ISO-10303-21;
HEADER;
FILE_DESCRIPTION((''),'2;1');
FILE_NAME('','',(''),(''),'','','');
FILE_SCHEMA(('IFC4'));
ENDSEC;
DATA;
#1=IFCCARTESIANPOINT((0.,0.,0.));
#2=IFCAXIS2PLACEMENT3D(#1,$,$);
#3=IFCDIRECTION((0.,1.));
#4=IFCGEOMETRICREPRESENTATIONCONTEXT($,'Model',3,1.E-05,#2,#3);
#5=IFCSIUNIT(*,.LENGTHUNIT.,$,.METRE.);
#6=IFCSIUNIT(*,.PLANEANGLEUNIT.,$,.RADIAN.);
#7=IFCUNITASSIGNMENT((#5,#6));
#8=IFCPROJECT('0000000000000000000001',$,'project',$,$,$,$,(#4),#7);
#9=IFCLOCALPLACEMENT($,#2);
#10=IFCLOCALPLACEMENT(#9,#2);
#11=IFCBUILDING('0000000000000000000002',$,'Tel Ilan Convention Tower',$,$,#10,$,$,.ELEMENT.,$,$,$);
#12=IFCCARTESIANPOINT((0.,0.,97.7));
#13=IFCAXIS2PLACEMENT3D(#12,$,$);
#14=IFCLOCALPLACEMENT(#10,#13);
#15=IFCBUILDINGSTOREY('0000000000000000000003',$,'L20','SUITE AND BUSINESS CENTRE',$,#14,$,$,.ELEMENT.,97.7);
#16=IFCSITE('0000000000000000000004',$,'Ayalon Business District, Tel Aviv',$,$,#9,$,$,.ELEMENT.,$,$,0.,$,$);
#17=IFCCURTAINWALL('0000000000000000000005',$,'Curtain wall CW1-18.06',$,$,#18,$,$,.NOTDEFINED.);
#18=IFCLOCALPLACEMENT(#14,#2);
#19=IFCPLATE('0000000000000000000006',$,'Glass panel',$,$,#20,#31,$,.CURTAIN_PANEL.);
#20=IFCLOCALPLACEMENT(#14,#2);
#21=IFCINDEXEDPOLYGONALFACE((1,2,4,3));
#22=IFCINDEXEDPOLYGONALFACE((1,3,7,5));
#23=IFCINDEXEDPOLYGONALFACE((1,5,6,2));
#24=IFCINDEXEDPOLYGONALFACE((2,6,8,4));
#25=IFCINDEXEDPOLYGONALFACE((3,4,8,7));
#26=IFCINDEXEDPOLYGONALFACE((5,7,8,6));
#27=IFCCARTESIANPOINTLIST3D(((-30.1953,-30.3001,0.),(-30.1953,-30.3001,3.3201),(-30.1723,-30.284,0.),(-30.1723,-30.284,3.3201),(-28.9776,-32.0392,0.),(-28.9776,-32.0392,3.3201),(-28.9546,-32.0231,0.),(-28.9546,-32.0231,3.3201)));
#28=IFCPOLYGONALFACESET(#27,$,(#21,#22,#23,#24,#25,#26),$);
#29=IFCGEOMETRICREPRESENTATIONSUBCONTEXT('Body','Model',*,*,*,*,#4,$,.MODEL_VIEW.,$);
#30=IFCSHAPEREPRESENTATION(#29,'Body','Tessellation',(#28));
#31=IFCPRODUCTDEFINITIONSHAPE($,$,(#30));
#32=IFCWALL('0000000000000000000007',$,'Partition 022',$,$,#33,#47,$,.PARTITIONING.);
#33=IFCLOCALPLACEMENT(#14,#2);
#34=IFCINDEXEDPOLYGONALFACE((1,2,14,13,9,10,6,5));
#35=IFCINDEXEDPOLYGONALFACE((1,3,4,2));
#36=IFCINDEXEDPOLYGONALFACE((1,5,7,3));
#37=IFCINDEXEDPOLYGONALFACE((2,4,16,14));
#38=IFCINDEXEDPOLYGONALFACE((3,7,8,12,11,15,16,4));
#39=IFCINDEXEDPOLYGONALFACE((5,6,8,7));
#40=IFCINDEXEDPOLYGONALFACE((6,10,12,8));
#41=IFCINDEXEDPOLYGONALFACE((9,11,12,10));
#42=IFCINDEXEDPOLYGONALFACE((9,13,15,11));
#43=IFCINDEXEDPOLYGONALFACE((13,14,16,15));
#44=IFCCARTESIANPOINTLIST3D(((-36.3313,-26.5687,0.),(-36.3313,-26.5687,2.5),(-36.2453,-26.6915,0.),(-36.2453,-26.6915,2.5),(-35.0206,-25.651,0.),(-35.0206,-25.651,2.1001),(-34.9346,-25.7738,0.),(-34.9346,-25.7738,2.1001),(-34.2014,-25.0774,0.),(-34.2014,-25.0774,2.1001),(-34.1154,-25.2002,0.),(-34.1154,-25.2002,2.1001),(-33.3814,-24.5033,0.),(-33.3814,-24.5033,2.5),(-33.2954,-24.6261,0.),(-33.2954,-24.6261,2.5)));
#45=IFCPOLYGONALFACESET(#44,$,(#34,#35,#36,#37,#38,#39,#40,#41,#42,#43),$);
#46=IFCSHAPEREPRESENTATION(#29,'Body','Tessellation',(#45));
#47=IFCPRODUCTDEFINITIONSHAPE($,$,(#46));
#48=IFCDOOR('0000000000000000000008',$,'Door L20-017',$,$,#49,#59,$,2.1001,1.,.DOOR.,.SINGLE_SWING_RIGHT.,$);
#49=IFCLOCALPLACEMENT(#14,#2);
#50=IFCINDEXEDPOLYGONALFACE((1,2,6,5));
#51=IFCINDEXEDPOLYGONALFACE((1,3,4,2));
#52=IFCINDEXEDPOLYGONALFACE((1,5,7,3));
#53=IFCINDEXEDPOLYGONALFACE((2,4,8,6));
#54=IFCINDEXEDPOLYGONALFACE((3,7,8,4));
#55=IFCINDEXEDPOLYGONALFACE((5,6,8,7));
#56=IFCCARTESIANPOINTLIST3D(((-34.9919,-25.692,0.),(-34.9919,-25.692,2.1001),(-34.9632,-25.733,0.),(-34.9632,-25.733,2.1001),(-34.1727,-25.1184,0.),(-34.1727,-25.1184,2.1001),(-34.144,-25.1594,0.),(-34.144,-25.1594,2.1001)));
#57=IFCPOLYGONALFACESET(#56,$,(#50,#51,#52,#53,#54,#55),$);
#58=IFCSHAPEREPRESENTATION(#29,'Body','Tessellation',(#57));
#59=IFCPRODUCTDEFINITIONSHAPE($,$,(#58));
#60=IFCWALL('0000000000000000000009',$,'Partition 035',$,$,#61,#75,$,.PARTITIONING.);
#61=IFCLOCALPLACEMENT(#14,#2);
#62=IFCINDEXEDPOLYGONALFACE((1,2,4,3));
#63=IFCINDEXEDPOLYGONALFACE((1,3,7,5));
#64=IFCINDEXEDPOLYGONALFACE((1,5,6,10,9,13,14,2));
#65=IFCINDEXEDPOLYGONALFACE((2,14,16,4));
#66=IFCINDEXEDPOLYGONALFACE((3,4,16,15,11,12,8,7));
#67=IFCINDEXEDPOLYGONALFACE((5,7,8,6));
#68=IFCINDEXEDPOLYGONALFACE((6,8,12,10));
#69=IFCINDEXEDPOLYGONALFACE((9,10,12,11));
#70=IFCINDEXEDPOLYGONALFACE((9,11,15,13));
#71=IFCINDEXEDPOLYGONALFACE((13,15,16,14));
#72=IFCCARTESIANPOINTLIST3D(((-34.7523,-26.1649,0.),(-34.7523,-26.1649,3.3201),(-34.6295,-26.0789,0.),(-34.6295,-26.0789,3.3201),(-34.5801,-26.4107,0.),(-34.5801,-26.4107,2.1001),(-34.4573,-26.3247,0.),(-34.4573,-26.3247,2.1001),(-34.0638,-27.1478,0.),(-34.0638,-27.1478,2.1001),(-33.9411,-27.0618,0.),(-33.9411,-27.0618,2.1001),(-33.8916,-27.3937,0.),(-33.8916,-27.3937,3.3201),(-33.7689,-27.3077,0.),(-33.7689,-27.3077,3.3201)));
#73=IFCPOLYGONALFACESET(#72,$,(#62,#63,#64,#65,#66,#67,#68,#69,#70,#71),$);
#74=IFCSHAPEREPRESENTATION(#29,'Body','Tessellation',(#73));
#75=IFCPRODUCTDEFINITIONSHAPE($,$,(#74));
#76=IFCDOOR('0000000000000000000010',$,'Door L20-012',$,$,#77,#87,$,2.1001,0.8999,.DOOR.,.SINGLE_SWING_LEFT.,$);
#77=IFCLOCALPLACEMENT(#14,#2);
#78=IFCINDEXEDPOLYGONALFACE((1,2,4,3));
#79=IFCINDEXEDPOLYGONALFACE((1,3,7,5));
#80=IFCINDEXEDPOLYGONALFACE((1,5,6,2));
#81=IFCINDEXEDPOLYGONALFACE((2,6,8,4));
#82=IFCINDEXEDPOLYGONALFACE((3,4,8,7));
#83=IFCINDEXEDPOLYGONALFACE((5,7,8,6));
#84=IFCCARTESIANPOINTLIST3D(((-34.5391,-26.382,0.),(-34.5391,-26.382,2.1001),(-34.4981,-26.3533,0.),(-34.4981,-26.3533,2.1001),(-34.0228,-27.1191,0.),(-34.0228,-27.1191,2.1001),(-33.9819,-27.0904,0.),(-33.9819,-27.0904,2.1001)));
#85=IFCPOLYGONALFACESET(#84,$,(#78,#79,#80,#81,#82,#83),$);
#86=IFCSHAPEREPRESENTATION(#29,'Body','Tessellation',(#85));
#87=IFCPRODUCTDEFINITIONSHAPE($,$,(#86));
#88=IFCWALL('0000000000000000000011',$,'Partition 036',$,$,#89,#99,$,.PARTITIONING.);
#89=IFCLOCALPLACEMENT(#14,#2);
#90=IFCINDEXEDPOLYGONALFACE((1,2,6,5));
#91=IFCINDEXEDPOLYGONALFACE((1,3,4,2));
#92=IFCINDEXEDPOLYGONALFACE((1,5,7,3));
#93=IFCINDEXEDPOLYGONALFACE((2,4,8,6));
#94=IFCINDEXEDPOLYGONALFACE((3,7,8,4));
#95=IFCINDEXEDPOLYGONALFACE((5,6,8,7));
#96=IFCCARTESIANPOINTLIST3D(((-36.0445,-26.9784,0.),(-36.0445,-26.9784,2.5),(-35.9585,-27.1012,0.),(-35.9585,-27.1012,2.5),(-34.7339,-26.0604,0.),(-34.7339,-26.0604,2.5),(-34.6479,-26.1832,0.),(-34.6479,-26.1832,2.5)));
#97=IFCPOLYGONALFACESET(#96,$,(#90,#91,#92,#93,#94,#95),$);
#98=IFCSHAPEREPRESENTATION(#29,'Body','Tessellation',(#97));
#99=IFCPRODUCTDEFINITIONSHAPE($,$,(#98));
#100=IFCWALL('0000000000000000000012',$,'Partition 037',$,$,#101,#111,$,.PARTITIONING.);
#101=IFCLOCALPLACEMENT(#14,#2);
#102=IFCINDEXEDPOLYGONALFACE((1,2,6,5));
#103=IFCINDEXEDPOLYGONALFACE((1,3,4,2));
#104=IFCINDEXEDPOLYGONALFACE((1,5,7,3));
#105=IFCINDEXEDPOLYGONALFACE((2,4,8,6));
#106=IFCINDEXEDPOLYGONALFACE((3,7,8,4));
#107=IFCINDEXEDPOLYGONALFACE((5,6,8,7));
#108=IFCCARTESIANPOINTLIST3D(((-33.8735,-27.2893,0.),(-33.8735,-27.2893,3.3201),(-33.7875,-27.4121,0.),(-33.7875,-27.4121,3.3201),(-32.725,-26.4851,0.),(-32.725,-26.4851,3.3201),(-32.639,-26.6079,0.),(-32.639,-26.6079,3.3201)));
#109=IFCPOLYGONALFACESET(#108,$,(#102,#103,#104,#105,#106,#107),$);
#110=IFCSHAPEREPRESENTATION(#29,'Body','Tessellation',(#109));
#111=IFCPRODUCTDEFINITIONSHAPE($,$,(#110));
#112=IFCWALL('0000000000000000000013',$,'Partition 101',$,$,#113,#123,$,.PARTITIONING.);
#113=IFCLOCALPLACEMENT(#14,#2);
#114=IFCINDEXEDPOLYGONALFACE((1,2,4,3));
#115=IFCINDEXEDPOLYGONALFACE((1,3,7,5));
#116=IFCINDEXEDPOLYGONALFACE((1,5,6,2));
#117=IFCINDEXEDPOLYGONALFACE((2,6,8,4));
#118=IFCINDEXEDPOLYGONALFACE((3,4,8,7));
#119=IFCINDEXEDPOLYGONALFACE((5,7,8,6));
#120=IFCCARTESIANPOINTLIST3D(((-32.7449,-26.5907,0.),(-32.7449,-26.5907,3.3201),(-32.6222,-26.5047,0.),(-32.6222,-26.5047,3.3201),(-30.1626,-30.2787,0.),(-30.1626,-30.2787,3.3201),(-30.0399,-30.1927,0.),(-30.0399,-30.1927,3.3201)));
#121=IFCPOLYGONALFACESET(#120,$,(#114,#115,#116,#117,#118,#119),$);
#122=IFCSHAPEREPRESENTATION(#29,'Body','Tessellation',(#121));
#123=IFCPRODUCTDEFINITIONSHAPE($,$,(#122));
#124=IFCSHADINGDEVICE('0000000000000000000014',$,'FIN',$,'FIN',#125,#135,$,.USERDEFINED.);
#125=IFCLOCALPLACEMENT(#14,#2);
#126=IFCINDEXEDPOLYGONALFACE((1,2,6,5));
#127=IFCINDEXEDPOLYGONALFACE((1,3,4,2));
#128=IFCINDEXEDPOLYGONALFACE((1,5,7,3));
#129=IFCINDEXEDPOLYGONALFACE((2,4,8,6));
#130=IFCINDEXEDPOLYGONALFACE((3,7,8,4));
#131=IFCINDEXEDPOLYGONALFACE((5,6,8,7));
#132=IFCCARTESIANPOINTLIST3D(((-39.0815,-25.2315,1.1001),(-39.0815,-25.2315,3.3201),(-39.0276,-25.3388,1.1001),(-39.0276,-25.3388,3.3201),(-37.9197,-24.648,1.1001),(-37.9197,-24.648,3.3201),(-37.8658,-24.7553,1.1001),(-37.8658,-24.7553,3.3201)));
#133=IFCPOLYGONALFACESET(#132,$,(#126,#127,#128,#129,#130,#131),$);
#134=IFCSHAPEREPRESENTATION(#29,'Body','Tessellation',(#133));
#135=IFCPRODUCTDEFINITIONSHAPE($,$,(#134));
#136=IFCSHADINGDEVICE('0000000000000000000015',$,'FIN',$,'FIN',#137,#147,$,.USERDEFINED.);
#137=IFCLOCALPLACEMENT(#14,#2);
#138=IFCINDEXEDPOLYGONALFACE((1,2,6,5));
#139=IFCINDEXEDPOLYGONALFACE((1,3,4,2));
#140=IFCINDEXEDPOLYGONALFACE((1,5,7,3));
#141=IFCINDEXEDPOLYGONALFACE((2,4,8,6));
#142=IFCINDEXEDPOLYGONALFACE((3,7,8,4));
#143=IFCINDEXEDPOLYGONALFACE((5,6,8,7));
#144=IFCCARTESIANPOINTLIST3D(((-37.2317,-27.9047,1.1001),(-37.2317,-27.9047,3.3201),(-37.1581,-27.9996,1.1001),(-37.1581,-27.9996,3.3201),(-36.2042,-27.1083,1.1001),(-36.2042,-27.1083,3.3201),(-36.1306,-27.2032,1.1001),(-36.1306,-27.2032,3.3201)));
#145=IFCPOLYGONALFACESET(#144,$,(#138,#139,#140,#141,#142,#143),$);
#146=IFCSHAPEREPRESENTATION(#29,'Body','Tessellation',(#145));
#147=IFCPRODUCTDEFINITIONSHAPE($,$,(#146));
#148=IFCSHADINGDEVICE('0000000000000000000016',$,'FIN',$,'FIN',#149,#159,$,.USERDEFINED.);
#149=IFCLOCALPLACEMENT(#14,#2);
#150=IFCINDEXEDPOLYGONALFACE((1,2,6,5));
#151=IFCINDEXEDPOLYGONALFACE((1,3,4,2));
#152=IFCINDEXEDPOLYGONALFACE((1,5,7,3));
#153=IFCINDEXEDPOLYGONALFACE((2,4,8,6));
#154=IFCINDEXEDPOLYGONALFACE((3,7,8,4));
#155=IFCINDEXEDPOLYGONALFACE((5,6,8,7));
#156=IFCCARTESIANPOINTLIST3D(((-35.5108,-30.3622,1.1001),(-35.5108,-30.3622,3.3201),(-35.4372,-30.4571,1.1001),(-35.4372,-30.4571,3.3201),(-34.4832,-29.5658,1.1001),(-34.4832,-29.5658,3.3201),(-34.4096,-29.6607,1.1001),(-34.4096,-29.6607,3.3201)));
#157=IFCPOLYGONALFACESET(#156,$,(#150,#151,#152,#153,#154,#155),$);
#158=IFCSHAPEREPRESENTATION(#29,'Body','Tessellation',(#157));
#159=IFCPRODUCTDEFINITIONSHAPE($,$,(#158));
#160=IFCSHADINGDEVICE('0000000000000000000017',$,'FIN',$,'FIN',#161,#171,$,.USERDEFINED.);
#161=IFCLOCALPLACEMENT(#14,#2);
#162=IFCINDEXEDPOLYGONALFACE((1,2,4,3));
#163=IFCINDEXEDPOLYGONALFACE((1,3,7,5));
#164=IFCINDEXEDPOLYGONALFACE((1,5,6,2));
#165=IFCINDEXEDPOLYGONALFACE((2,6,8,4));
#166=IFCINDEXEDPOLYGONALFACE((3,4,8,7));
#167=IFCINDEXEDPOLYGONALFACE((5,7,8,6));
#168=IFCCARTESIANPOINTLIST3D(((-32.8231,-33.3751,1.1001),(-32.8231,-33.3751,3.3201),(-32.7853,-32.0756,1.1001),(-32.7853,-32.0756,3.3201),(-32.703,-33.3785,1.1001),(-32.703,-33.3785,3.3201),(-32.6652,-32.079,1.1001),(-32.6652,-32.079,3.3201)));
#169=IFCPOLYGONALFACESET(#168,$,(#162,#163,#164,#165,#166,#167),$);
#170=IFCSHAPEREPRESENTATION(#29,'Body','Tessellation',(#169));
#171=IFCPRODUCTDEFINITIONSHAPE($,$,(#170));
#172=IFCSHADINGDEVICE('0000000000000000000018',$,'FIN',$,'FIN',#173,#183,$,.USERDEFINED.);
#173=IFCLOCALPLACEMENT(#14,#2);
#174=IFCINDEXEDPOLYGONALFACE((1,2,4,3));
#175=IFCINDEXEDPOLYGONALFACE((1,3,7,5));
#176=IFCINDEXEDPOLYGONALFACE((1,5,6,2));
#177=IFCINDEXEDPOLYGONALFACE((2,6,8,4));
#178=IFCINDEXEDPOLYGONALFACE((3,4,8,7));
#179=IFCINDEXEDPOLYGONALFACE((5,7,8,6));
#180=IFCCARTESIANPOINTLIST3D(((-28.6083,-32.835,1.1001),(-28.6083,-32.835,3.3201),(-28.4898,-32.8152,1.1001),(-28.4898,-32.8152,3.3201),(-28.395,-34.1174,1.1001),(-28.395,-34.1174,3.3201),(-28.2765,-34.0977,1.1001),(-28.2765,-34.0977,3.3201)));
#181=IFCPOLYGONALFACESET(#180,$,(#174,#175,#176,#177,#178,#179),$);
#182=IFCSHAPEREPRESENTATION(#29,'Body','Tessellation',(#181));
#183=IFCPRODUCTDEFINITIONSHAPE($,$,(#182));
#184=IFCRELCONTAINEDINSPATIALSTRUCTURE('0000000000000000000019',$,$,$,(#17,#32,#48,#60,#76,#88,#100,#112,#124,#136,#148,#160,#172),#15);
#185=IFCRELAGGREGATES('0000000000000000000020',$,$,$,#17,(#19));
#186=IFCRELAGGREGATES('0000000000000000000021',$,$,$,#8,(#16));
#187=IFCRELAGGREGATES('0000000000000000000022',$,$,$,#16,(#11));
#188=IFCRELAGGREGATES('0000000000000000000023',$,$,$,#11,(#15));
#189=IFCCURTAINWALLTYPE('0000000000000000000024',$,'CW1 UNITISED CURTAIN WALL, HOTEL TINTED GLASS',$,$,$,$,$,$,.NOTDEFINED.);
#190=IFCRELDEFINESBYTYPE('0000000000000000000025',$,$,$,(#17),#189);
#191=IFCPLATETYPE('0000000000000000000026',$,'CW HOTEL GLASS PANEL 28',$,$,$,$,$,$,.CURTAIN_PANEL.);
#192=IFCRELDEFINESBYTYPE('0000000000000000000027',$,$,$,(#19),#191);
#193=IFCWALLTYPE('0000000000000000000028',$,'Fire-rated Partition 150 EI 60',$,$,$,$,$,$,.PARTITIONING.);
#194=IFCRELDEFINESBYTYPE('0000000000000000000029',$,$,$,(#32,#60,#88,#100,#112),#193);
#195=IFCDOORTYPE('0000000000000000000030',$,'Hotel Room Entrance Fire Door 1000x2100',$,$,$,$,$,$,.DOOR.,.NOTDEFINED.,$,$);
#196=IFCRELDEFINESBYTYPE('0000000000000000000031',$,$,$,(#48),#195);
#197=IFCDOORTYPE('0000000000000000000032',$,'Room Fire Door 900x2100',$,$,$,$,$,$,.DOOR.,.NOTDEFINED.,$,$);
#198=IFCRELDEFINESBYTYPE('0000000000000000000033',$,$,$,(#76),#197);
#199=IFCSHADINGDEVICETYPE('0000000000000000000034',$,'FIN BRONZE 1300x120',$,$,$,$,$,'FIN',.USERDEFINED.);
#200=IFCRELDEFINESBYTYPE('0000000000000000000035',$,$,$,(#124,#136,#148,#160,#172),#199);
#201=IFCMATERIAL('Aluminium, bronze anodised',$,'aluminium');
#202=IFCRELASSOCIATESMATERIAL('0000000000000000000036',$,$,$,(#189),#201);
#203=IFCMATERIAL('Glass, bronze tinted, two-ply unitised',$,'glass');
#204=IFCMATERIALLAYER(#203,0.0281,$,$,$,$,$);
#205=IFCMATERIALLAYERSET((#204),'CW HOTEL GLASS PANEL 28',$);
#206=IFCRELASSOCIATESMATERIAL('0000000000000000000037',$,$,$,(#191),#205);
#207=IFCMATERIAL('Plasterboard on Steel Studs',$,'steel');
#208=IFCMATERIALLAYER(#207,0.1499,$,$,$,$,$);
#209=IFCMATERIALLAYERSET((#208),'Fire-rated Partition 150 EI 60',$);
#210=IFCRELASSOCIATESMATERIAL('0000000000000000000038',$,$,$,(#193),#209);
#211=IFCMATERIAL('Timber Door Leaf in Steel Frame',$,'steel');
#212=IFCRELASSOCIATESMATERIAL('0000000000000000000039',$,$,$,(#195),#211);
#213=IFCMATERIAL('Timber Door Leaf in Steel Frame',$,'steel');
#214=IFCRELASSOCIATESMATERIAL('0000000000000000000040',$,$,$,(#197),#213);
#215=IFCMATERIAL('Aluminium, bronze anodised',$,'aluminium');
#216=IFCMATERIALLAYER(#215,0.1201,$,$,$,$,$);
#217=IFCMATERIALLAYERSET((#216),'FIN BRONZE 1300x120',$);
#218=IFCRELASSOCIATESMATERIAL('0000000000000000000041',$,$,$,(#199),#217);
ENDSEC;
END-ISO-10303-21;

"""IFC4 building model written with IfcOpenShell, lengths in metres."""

from ifc_helpers import new_model, si_unit, direction, frame, frame_2d, origin, origin_2d, place, context, subcontext, project, spatial, rectangle, extrude, material, layer, layer_set, type_object, element, fill, aggregate, save


model = new_model("IFC4")

# Units and contexts
model_context = context("Model", 3, precision=1e-05, world=origin(), true_north=direction((0.0, 1.0)))
body_context = subcontext(model_context, "Body", "Model", "MODEL_VIEW")
ifc_project = project(units=[si_unit("LENGTHUNIT", "METRE"), si_unit("PLANEANGLEUNIT", "RADIAN")], contexts=[model_context])

# Site, building, storey
site_placement = place(None, origin())
site = spatial("IfcSite", under=ifc_project, at=site_placement, Name="Ayalon Business District, Tel Aviv", CompositionType="ELEMENT", RefElevation=0.0)
building_placement = place(site_placement, origin())
building = spatial("IfcBuilding", under=site, at=building_placement, Name="Tel Ilan Convention Tower", CompositionType="ELEMENT")
storey_placement = place(building_placement, frame((0.0, 0.0, 97.7)))
storey = spatial("IfcBuildingStorey", under=building, at=storey_placement, Name="L20", Description="SUITE AND BUSINESS CENTRE", CompositionType="ELEMENT", Elevation=97.7)

# Curtain wall
ifc_material_1 = material(Name="Aluminium, bronze anodised", Category="aluminium")
curtain_wall_type = type_object("IfcCurtainWallType", Name="CW1 UNITISED CURTAIN WALL, HOTEL TINTED GLASS", PredefinedType="NOTDEFINED", material=ifc_material_1)
curtain_wall_1_placement = place(storey_placement, origin())
curtain_wall_1 = element("IfcCurtainWall", 1, at=curtain_wall_1_placement, inside=storey, type_object=curtain_wall_type, Name="Curtain wall CW1-18.06", PredefinedType="NOTDEFINED")

# Plate
ifc_material_2 = material(Name="Glass, bronze tinted, two-ply unitised", Category="glass")
ifc_layer_1 = layer(ifc_material_2, 0.0281)
ifc_layer_set_1 = layer_set([ifc_layer_1], Name="CW HOTEL GLASS PANEL 28")
plate_type = type_object("IfcPlateType", Name="CW HOTEL GLASS PANEL 28", PredefinedType="CURTAIN_PANEL", material=ifc_layer_set_1)
plate_1_placement = place(storey_placement, frame((-29.575, -31.1616, 0.0), z_axis=(0.0, 0.0, 1.0), x_axis=(0.573576, -0.819152, 0.0)))
plate_1 = element("IfcPlate", 2, at=plate_1_placement, type_object=plate_type, Name="Glass panel", PredefinedType="CURTAIN_PANEL", context=body_context, shape_type="SweptSolid", body=[
    extrude(rectangle(XDim=2.123, YDim=0.0281, at=origin_2d()), origin(), (0.0, 0.0, 1.0), 3.3201),
])
aggregate(curtain_wall_1, [plate_1])

# Walls, openings, doors
ifc_material_3 = material(Name="Plasterboard on Steel Studs", Category="steel")
ifc_layer_2 = layer(ifc_material_3, 0.1499)
ifc_layer_set_2 = layer_set([ifc_layer_2], Name="Fire-rated Partition 150 EI 60")
wall_type_1 = type_object("IfcWallType", Name="Fire-rated Partition 150 EI 60", PredefinedType="PARTITIONING", material=ifc_layer_set_2)
wall_1_placement = place(storey_placement, frame((-36.2883, -26.6301, 0.0), z_axis=(0.0, 0.0, 1.0), x_axis=(0.819171, 0.573549, 0.0)))
wall_1 = element("IfcWall", 3, at=wall_1_placement, inside=storey, type_object=wall_type_1, Name="Partition 022", PredefinedType="PARTITIONING", context=body_context, shape_type="SweptSolid", body=[
    extrude(rectangle(XDim=3.6011, YDim=0.1499, at=frame_2d((1.8005, 0.0))), origin(), (0.0, 0.0, 1.0), 2.5),
])
opening_1_placement = place(wall_1_placement, frame((1.6001, 0.0, 0.0)))
opening_1 = element("IfcOpeningElement", 4, at=opening_1_placement, cuts=wall_1, PredefinedType="OPENING", context=body_context, shape_type="SweptSolid", body=[
    extrude(rectangle(XDim=1.0, YDim=2.1001, at=frame_2d((0.5, 1.05))), frame((0.0, 0.085, 0.0), z_axis=(0.0, -1.0, 0.0), x_axis=(1.0, 0.0, 0.0)), (0.0, 0.0, 1.0), 0.1699),
])
ifc_material_4 = material(Name="Timber Door Leaf in Steel Frame", Category="steel")
door_type_1 = type_object("IfcDoorType", Name="Hotel Room Entrance Fire Door 1000x2100", OperationType="NOTDEFINED", PredefinedType="DOOR", material=ifc_material_4)
door_1_placement = place(opening_1_placement, origin())
door_1 = element("IfcDoor", 5, at=door_1_placement, inside=storey, type_object=door_type_1, Name="Door L20-017", OperationType="SINGLE_SWING_RIGHT", OverallHeight=2.1001, OverallWidth=1.0, PredefinedType="DOOR", context=body_context, shape_type="SweptSolid", body=[
    extrude(rectangle(XDim=1.0, YDim=2.1001, at=frame_2d((0.5, 1.05))), frame((0.0, 0.0249, 0.0), z_axis=(0.0, -1.0, 0.0), x_axis=(1.0, 0.0, 0.0)), (0.0, 0.0, 1.0), 0.05),
])
fill(opening_1, door_1)
wall_2_placement = place(storey_placement, frame((-33.8303, -27.3506, 0.0), z_axis=(0.0, 0.0, 1.0), x_axis=(-0.57367, 0.819087, 0.0)))
wall_2 = element("IfcWall", 6, at=wall_2_placement, inside=storey, type_object=wall_type_1, Name="Partition 035", PredefinedType="PARTITIONING", context=body_context, shape_type="SweptSolid", body=[
    extrude(rectangle(XDim=1.5002, YDim=0.1499, at=frame_2d((0.75, 0.0))), origin(), (0.0, 0.0, 1.0), 3.3201),
])
opening_2_placement = place(wall_2_placement, frame((0.3, 0.0, 0.0)))
opening_2 = element("IfcOpeningElement", 7, at=opening_2_placement, cuts=wall_2, PredefinedType="OPENING", context=body_context, shape_type="SweptSolid", body=[
    extrude(rectangle(XDim=0.8999, YDim=2.1001, at=frame_2d((0.45, 1.05))), frame((0.0, 0.085, 0.0), z_axis=(0.0, -1.0, 0.0), x_axis=(1.0, 0.0, 0.0)), (0.0, 0.0, 1.0), 0.1699),
])
ifc_material_5 = material(Name="Timber Door Leaf in Steel Frame", Category="steel")
door_type_2 = type_object("IfcDoorType", Name="Room Fire Door 900x2100", OperationType="NOTDEFINED", PredefinedType="DOOR", material=ifc_material_5)
door_2_placement = place(opening_2_placement, origin())
door_2 = element("IfcDoor", 8, at=door_2_placement, inside=storey, type_object=door_type_2, Name="Door L20-012", OperationType="SINGLE_SWING_LEFT", OverallHeight=2.1001, OverallWidth=0.8999, PredefinedType="DOOR", context=body_context, shape_type="SweptSolid", body=[
    extrude(rectangle(XDim=0.8999, YDim=2.1001, at=frame_2d((0.45, 1.05))), frame((0.0, 0.0249, 0.0), z_axis=(0.0, -1.0, 0.0), x_axis=(1.0, 0.0, 0.0)), (0.0, 0.0, 1.0), 0.05),
])
fill(opening_2, door_2)

# Walls
wall_3_placement = place(storey_placement, frame((-34.6909, -26.1218, 0.0), z_axis=(0.0, 0.0, 1.0), x_axis=(-0.81906, -0.573708, 0.0)))
element("IfcWall", 9, at=wall_3_placement, inside=storey, type_object=wall_type_1, Name="Partition 036", PredefinedType="PARTITIONING", context=body_context, shape_type="SweptSolid", body=[
    extrude(rectangle(XDim=1.6001, YDim=0.1499, at=frame_2d((0.8, 0.0))), origin(), (0.0, 0.0, 1.0), 2.5),
])
wall_4_placement = place(storey_placement, frame((-32.6819, -26.5464, 0.0), z_axis=(0.0, 0.0, 1.0), x_axis=(-0.819134, -0.573603, 0.0)))
element("IfcWall", 10, at=wall_4_placement, inside=storey, type_object=wall_type_1, Name="Partition 037", PredefinedType="PARTITIONING", context=body_context, shape_type="SweptSolid", body=[
    extrude(rectangle(XDim=1.4021, YDim=0.1499, at=frame_2d((0.7012, 0.0))), origin(), (0.0, 0.0, 1.0), 3.3201),
])
wall_5_placement = place(storey_placement, frame((-30.1013, -30.2356, 0.0), z_axis=(0.0, 0.0, 1.0), x_axis=(-0.573564, 0.819161, 0.0)))
element("IfcWall", 11, at=wall_5_placement, inside=storey, type_object=wall_type_1, Name="Partition 101", PredefinedType="PARTITIONING", context=body_context, shape_type="SweptSolid", body=[
    extrude(rectangle(XDim=4.5022, YDim=0.1499, at=frame_2d((2.251, 0.0))), origin(), (0.0, 0.0, 1.0), 3.3201),
])

# Shading devices
ifc_material_6 = material(Name="Aluminium, bronze anodised", Category="aluminium")
ifc_layer_3 = layer(ifc_material_6, 0.1201)
ifc_layer_set_3 = layer_set([ifc_layer_3], Name="FIN BRONZE 1300x120")
shading_device_type = type_object("IfcShadingDeviceType", Name="FIN BRONZE 1300x120", ElementType="FIN", PredefinedType="USERDEFINED", material=ifc_layer_set_3)
for number, where, z_axis, x_axis, name in (
    (12, (-38.4736, -24.9934, 1.1001), (0.0, 0.0, 1.0), (-0.893633, -0.448799, 0.0), "FIN"),
    (13, (-36.6812, -27.554, 1.1001), (0.0, 0.0, 1.0), (-0.790393, -0.612601, 0.0), "FIN"),
    (14, (-34.9602, -30.0115, 1.1001), (0.0, 0.0, 1.0), (-0.790393, -0.612601, 0.0), "FIN"),
    (15, (-32.7441, -32.7271, 1.1001), (0.0, 0.0, 1.0), (-0.029085, -0.999577, 0.0), "FIN"),
    (16, (-28.4424, -33.4663, 1.1001), (0.0, 0.0, 1.0), (0.164091, -0.986445, 0.0), "FIN"),
):
    element("IfcShadingDevice", number, at=place(storey_placement, frame(where, z_axis=z_axis, x_axis=x_axis)), inside=storey, type_object=shading_device_type, Name=name, ObjectType="FIN", PredefinedType="USERDEFINED", context=body_context, shape_type="SweptSolid", body=[
        extrude(rectangle(XDim=1.3, YDim=0.1201, at=origin_2d()), origin(), (0.0, 0.0, 1.0), 2.22),
    ])

save(model, "model.ifc")
